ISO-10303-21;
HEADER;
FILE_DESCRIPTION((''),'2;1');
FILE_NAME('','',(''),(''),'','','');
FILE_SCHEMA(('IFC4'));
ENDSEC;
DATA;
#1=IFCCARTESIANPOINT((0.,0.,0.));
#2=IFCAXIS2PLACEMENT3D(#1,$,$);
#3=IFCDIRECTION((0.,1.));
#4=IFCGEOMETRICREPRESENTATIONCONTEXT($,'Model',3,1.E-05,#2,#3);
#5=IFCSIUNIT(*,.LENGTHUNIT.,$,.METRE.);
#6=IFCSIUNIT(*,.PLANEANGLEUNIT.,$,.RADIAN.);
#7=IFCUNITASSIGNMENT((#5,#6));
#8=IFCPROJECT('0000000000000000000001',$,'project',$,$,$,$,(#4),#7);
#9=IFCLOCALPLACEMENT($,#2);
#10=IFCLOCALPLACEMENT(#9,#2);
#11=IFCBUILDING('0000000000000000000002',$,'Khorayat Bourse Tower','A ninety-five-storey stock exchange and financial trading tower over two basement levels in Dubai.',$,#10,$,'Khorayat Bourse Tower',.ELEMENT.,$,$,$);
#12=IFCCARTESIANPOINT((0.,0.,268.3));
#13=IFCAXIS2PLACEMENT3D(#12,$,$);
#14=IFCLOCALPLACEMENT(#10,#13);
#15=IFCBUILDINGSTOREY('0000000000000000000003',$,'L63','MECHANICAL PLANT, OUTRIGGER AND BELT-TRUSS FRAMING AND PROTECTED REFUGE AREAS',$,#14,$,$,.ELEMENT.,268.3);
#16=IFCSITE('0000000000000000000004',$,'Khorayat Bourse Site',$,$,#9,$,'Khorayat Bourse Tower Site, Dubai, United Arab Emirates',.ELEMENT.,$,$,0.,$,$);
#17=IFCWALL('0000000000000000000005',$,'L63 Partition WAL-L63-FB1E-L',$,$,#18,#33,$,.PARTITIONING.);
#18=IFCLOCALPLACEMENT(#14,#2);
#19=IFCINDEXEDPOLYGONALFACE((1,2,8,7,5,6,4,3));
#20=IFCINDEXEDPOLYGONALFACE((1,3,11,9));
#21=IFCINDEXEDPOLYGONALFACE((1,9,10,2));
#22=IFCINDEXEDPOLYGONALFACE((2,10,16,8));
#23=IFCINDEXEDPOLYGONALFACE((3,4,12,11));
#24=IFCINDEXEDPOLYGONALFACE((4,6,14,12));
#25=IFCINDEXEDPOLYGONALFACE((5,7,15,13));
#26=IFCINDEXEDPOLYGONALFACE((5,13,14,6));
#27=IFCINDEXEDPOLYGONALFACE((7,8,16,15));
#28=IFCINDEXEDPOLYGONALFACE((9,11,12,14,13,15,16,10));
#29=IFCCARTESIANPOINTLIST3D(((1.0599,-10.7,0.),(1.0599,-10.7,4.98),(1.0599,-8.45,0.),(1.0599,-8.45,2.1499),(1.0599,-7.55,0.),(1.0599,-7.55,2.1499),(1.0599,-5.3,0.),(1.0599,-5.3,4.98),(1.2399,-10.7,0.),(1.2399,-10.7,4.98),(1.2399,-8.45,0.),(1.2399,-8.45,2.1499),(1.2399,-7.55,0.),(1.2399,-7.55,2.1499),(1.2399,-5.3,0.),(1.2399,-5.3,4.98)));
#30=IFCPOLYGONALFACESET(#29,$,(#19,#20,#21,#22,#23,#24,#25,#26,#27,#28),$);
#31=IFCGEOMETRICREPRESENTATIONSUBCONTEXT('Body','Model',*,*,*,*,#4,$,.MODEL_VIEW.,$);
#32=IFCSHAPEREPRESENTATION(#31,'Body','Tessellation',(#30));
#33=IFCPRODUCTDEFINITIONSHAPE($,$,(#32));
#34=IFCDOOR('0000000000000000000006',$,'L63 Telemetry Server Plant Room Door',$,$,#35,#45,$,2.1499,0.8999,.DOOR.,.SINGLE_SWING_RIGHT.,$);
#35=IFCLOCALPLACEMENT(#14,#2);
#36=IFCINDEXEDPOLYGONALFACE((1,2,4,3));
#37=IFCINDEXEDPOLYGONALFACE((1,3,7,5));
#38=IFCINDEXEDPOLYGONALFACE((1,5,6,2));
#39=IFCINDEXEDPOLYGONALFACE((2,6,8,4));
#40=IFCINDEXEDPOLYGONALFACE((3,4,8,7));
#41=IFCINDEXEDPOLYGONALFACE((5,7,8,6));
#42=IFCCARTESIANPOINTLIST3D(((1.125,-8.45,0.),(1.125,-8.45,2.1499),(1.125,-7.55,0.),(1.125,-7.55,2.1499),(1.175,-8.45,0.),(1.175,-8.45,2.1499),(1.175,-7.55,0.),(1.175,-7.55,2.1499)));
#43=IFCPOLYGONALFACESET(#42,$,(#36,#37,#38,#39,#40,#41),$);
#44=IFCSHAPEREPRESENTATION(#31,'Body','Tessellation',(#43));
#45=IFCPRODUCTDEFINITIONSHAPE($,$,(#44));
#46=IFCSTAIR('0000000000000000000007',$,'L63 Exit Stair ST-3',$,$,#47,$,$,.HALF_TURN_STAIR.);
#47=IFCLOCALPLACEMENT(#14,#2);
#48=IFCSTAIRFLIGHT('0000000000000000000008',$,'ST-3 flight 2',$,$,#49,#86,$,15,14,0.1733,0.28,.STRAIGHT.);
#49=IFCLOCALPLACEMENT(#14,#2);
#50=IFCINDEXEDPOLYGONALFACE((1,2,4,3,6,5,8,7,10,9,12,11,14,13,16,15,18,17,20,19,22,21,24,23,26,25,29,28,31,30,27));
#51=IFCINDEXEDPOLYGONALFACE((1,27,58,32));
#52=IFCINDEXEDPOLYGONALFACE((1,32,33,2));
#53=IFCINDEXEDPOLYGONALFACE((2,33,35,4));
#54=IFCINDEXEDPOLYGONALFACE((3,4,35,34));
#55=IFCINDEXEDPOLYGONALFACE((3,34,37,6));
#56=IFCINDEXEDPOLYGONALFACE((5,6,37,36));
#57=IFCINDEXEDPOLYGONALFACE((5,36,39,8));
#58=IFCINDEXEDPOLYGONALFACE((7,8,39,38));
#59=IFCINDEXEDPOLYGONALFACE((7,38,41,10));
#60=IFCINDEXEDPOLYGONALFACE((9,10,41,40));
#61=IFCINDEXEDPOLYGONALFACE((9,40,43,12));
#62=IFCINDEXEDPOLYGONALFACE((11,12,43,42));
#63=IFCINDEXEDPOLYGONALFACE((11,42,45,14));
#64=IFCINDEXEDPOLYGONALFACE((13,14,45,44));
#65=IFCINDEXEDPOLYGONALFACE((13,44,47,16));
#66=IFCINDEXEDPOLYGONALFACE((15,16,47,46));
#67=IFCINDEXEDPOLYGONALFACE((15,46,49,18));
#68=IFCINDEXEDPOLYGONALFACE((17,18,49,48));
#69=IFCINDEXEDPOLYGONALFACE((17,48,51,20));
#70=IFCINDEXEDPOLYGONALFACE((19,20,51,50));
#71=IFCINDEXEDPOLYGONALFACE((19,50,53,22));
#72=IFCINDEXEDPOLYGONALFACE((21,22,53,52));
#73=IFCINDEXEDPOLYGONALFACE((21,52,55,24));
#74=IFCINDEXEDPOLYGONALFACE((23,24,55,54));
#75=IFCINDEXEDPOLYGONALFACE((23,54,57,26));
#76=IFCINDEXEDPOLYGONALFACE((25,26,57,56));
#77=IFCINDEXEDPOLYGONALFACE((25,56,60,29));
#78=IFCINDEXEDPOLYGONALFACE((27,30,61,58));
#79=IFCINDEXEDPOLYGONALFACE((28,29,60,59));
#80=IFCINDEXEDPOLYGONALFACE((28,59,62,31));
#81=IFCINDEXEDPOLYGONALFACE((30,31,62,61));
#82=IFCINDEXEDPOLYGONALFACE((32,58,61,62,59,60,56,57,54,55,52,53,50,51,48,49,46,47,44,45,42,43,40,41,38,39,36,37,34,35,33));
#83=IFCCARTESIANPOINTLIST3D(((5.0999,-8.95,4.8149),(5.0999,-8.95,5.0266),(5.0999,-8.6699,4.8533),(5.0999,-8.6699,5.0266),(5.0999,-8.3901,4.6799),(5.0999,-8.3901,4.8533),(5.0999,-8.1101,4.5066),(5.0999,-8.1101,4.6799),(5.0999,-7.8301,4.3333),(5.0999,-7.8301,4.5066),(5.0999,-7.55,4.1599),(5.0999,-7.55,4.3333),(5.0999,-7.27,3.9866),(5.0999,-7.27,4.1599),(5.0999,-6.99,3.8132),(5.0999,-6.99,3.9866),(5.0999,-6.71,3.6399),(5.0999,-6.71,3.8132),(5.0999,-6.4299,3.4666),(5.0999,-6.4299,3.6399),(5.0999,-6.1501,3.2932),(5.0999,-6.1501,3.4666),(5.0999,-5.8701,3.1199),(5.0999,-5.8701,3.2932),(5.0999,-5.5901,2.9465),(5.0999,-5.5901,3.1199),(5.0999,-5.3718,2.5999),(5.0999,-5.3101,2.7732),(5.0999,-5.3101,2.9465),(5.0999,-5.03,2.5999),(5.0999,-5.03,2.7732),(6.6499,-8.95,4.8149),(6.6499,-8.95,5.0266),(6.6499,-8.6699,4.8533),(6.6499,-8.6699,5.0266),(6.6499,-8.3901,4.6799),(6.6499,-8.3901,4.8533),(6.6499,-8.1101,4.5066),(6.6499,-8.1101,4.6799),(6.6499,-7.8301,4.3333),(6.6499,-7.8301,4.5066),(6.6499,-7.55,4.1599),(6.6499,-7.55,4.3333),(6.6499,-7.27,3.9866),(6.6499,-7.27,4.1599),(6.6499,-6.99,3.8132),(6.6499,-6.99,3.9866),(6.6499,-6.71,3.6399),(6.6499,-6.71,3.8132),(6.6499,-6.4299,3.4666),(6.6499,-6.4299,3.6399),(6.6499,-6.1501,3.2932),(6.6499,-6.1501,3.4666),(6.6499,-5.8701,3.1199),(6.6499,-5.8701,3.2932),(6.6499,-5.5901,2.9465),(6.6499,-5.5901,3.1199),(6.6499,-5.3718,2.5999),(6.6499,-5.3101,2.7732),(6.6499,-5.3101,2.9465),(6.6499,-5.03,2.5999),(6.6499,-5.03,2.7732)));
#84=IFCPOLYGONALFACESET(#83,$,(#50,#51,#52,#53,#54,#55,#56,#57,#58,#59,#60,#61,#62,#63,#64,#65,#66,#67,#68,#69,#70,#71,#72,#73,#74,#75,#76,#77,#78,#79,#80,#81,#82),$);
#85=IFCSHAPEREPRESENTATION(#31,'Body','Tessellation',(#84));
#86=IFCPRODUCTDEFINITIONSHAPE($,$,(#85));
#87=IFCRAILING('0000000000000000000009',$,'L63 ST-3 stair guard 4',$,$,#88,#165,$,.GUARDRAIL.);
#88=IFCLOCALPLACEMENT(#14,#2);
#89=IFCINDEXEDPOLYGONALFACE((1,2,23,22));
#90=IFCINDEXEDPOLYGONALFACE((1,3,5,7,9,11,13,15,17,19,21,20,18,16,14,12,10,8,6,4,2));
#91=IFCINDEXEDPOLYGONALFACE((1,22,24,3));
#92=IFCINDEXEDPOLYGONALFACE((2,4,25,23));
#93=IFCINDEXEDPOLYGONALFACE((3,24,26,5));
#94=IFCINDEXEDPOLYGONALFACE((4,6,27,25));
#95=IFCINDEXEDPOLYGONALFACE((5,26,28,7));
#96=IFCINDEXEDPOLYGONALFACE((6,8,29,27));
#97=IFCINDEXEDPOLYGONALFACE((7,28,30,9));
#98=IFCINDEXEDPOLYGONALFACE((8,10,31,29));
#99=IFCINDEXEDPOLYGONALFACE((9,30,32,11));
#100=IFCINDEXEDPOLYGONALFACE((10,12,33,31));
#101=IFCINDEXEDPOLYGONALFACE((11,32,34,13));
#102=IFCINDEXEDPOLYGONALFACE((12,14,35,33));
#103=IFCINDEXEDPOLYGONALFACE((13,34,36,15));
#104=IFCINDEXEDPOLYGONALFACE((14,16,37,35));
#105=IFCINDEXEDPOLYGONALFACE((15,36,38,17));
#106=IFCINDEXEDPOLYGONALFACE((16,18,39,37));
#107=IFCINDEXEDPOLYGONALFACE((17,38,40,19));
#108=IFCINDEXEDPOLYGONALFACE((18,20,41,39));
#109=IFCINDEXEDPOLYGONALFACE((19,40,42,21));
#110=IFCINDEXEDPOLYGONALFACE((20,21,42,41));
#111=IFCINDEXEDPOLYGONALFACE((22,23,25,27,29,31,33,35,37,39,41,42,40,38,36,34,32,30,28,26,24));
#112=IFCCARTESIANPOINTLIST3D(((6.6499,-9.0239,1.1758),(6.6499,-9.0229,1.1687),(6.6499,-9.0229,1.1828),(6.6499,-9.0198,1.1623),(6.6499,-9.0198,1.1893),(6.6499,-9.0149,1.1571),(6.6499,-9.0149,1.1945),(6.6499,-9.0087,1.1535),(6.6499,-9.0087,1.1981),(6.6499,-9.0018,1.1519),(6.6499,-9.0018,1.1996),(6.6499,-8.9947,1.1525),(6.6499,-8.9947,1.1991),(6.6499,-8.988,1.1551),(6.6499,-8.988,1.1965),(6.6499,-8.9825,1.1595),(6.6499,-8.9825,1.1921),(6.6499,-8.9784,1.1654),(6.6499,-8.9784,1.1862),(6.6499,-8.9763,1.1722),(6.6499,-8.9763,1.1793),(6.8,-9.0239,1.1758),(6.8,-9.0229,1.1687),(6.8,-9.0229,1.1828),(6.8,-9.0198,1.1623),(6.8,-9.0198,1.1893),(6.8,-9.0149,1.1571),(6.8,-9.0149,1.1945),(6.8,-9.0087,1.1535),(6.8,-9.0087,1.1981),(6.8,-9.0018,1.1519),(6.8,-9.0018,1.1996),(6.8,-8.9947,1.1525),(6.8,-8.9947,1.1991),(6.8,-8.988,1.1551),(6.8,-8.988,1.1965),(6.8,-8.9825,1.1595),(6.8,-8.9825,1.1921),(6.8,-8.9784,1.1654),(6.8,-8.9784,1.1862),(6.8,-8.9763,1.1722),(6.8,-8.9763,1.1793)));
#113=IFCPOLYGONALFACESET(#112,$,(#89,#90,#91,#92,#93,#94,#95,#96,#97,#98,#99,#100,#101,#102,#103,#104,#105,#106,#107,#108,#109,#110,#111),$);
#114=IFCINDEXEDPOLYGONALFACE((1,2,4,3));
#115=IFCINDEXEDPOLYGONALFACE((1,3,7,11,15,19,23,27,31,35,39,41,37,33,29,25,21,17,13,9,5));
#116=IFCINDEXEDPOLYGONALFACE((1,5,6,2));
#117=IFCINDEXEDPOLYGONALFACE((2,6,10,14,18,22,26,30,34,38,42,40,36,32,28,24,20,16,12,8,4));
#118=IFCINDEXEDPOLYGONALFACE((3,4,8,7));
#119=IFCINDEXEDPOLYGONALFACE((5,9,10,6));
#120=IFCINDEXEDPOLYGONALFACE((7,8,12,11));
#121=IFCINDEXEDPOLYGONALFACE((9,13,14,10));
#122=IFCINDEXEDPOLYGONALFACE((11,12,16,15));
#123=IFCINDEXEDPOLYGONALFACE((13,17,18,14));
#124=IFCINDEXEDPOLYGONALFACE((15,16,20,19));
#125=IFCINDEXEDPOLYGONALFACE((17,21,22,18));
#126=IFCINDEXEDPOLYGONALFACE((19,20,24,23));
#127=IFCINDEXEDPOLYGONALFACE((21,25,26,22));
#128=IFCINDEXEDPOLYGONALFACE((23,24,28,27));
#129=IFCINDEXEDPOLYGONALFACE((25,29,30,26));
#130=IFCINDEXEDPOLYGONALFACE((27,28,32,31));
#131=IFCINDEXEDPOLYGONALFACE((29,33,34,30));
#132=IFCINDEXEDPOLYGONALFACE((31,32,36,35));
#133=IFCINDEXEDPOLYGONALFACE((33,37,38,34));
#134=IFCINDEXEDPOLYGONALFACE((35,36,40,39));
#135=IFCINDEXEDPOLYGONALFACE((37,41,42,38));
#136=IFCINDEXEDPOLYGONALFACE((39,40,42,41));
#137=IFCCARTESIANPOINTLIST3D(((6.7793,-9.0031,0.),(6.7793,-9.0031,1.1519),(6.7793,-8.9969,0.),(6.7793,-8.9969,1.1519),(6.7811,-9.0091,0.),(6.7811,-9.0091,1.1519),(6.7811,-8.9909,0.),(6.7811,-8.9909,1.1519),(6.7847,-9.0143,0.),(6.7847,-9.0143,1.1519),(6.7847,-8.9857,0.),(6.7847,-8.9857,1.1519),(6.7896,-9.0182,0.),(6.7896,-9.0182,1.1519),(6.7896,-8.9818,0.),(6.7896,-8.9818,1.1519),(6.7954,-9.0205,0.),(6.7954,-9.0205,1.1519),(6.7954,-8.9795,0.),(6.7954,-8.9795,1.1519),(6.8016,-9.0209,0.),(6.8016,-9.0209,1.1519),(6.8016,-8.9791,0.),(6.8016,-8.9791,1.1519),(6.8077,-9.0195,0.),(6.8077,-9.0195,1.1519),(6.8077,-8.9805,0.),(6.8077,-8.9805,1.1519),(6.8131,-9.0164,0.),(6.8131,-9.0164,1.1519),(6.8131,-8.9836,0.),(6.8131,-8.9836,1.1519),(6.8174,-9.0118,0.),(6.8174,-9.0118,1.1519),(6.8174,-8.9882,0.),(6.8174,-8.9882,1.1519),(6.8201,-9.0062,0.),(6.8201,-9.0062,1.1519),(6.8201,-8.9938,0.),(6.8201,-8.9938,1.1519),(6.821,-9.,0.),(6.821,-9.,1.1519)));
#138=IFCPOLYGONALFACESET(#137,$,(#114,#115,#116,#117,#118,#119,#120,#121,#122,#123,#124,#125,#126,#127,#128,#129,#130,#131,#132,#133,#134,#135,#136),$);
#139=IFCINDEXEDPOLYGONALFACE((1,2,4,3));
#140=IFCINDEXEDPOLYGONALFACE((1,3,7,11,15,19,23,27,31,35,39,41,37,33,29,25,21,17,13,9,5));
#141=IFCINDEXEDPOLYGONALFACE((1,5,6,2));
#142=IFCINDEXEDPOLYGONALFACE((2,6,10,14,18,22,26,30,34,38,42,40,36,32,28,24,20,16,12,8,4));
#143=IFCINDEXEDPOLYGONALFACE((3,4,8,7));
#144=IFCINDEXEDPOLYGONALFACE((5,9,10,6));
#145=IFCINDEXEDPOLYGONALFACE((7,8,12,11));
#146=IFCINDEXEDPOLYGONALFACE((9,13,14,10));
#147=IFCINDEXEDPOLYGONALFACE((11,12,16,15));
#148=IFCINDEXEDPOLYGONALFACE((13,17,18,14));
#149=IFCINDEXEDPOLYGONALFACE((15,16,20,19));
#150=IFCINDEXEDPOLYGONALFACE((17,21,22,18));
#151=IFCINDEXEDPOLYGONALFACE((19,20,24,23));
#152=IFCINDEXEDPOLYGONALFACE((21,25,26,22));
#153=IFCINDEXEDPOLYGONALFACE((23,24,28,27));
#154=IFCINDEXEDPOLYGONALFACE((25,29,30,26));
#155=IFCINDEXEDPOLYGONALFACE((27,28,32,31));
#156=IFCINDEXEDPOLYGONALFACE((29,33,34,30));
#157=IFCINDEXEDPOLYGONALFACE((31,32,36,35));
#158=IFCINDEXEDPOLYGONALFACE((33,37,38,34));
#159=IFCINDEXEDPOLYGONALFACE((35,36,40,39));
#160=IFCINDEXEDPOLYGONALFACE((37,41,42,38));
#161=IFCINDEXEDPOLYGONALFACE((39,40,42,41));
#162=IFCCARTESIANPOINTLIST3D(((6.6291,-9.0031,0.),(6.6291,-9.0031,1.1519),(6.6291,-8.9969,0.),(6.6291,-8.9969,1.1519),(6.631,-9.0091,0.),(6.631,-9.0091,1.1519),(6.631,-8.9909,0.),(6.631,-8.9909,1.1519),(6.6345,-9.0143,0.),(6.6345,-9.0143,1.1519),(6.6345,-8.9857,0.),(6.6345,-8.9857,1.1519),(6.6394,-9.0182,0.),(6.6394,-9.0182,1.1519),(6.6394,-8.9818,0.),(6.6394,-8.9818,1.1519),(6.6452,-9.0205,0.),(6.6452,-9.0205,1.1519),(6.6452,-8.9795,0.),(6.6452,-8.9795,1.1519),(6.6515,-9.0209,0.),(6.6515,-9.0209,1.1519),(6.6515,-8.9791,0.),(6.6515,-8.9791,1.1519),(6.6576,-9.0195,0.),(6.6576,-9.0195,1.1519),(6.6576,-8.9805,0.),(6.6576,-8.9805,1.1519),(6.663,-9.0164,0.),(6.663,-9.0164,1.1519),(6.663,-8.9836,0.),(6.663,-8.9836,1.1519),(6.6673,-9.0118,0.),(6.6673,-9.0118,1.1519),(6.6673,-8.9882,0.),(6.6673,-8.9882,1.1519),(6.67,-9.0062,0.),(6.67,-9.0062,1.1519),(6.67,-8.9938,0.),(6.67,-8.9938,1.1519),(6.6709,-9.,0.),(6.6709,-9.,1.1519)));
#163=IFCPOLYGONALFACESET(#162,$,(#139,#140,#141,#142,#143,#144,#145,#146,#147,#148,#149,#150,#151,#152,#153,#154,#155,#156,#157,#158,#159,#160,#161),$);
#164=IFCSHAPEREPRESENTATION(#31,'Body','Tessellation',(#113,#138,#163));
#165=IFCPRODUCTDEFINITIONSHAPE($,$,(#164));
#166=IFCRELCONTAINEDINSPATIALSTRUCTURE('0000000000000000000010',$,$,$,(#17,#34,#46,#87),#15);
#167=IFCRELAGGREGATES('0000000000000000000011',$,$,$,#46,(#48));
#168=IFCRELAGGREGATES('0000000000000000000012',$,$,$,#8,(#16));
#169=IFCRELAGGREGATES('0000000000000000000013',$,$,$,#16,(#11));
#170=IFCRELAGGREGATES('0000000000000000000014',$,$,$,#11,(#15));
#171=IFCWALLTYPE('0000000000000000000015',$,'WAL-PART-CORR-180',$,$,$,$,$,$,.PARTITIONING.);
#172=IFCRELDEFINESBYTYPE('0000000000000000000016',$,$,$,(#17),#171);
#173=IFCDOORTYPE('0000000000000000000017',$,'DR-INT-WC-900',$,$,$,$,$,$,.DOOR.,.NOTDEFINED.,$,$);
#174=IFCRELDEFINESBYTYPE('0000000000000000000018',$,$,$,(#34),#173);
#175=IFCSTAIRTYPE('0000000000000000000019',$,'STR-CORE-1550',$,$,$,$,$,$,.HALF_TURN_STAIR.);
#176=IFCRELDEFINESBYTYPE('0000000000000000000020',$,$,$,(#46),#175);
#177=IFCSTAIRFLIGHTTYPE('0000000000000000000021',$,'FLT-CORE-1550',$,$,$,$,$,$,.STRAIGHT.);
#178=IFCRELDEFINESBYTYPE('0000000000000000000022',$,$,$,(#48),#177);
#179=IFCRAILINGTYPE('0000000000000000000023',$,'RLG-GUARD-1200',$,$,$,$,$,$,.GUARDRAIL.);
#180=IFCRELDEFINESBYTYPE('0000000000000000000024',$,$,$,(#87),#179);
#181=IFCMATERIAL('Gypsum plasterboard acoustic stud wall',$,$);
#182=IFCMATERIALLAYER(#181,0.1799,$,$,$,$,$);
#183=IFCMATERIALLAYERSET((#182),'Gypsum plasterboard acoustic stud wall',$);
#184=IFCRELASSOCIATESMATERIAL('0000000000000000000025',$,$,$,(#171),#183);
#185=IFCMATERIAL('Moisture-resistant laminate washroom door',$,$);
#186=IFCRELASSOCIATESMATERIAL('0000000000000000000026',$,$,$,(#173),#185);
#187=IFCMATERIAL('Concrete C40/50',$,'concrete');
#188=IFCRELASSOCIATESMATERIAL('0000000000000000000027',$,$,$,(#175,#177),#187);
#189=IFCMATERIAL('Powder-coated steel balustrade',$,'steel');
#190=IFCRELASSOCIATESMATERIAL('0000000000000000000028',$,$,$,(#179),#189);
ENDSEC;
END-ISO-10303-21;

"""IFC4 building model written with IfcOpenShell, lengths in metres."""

from ifc_helpers import new_model, si_unit, direction, frame, frame_2d, origin, origin_2d, place, context, subcontext, project, spatial, polyline, rectangle, circle, outline, extrude, source, transform, mapped, material, layer, layer_set, type_object, element, fill, aggregate, save


model = new_model("IFC4")

# Units and contexts
model_context = context("Model", 3, precision=1e-05, world=origin(), true_north=direction((0.0, 1.0)))
body_context = subcontext(model_context, "Body", "Model", "MODEL_VIEW")
ifc_project = project(units=[si_unit("LENGTHUNIT", "METRE"), si_unit("PLANEANGLEUNIT", "RADIAN")], contexts=[model_context])

# Site, building, storey
site_placement = place(None, origin())
site = spatial("IfcSite", under=ifc_project, at=site_placement, Name="Khorayat Bourse Site", LongName="Khorayat Bourse Tower Site, Dubai, United Arab Emirates", CompositionType="ELEMENT", RefElevation=0.0)
building_placement = place(site_placement, origin())
building = spatial("IfcBuilding", under=site, at=building_placement, Name="Khorayat Bourse Tower", Description="A ninety-five-storey stock exchange and financial trading tower over two basement levels in Dubai.", LongName="Khorayat Bourse Tower", CompositionType="ELEMENT")
storey_placement = place(building_placement, frame((0.0, 0.0, 268.3)))
storey = spatial("IfcBuildingStorey", under=building, at=storey_placement, Name="L63", Description="MECHANICAL PLANT, OUTRIGGER AND BELT-TRUSS FRAMING AND PROTECTED REFUGE AREAS", CompositionType="ELEMENT", Elevation=268.3)

# Shared definitions
ifc_material_1 = material(Name="Gypsum plasterboard acoustic stud wall")
ifc_layer_1 = layer(ifc_material_1, 0.1799)
ifc_layer_set_1 = layer_set([ifc_layer_1], Name="Gypsum plasterboard acoustic stud wall")
wall_type_1 = type_object("IfcWallType", Name="WAL-PART-CORR-180", PredefinedType="PARTITIONING", material=ifc_layer_set_1)
shared_shape_1 = source(origin(), body_context, "Body", "SweptSolid", [
    extrude(rectangle(XDim=0.8999, YDim=2.1499, at=frame_2d((0.45, 1.075))), frame((0.0, 0.0999, 0.0), z_axis=(0.0, -1.0, 0.0), x_axis=(1.0, 0.0, 0.0)), (0.0, 0.0, 1.0), 0.2),
])
ifc_material_2 = material(Name="Moisture-resistant laminate washroom door")
door_type = type_object("IfcDoorType", Name="DR-INT-WC-900", OperationType="NOTDEFINED", PredefinedType="DOOR", material=ifc_material_2)
shared_shape_2 = source(origin(), body_context, "Body", "SweptSolid", [
    extrude(rectangle(XDim=0.8999, YDim=2.1499, at=frame_2d((0.45, 1.075))), frame((0.0, 0.0249, 0.0), z_axis=(0.0, -1.0, 0.0), x_axis=(1.0, 0.0, 0.0)), (0.0, 0.0, 1.0), 0.05),
])
shared_shape_3 = source(origin(), body_context, "Body", "SweptSolid", [
    extrude(rectangle(XDim=5.3999, YDim=0.1799, at=frame_2d((2.7, 0.0))), origin(), (0.0, 0.0, 1.0), 4.98),
])

# Wall, opening, door
wall_1_placement = place(storey_placement, frame((1.1499, -10.7, 0.0), z_axis=(0.0, 0.0, 1.0), x_axis=(0.0, 1.0, 0.0)))
wall_1 = element("IfcWall", 1, at=wall_1_placement, inside=storey, type_object=wall_type_1, Name="L63 Partition WAL-L63-FB1E-L", PredefinedType="PARTITIONING", context=body_context, shape_type="MappedRepresentation", body=[
    mapped(shared_shape_3, transform((0.0, 0.0, 0.0), scale=1.0)),
])
opening_1_placement = place(wall_1_placement, frame((2.25, 0.0, 0.0)))
opening_1 = element("IfcOpeningElement", 2, at=opening_1_placement, cuts=wall_1, PredefinedType="OPENING", context=body_context, shape_type="MappedRepresentation", body=[
    mapped(shared_shape_1, transform((0.0, 0.0, 0.0), scale=1.0)),
])
door_1_placement = place(opening_1_placement, origin())
door_1 = element("IfcDoor", 3, at=door_1_placement, inside=storey, type_object=door_type, Name="L63 Telemetry Server Plant Room Door", OperationType="SINGLE_SWING_RIGHT", OverallHeight=2.1499, OverallWidth=0.8999, PredefinedType="DOOR", context=body_context, shape_type="MappedRepresentation", body=[
    mapped(shared_shape_2, transform((0.0, 0.0, 0.0), scale=1.0)),
])
fill(opening_1, door_1)

# Stair, stair flight
ifc_material_3 = material(Name="Concrete C40/50", Category="concrete")
stair_type = type_object("IfcStairType", Name="STR-CORE-1550", PredefinedType="HALF_TURN_STAIR", material=ifc_material_3)
stair_placement = place(storey_placement, origin())
stair = element("IfcStair", 4, at=stair_placement, inside=storey, type_object=stair_type, Name="L63 Exit Stair ST-3", PredefinedType="HALF_TURN_STAIR")
stair_flight_type = type_object("IfcStairFlightType", Name="FLT-CORE-1550", PredefinedType="STRAIGHT", material=ifc_material_3)
shared_shape_4 = source(origin(), body_context, "Body", "SweptSolid", [
    extrude(outline(polyline([(0.0, 0.0), (0.0, 0.1733), (0.28, 0.1733), (0.28, 0.3467), (0.5601, 0.3467), (0.5601, 0.52), (0.8401, 0.52), (0.8401, 0.6934), (1.1201, 0.6934), (1.1201, 0.8667), (1.3999, 0.8667), (1.3999, 1.04), (1.6799, 1.04), (1.6799, 1.2134), (1.96, 1.2134), (1.96, 1.3867), (2.24, 1.3867), (2.24, 1.5601), (2.52, 1.5601), (2.52, 1.7334), (2.8, 1.7334), (2.8, 1.9067), (3.0801, 1.9067), (3.0801, 2.0801), (3.3601, 2.0801), (3.3601, 2.2534), (3.6399, 2.2534), (3.6399, 2.4268), (3.9199, 2.4268), (3.9199, 2.6001), (3.9199, 2.2151), (0.3418, 0.0), (0.0, 0.0)])), frame((0.0, 0.7749, 0.0), z_axis=(0.0, -1.0, 0.0), x_axis=(1.0, 0.0, 0.0)), (0.0, 0.0, 1.0), 1.55),
])
stair_flight_placement = place(storey_placement, frame((5.875, -5.03, 2.5999), z_axis=(0.0, 0.0, 1.0), x_axis=(0.0, -1.0, 0.0)))
stair_flight = element("IfcStairFlight", 5, at=stair_flight_placement, type_object=stair_flight_type, Name="ST-3 flight 2", NumberOfRisers=15, NumberOfTreads=14, PredefinedType="STRAIGHT", RiserHeight=0.1733, TreadLength=0.28, context=body_context, shape_type="MappedRepresentation", body=[
    mapped(shared_shape_4, transform((0.0, 0.0, 0.0), scale=1.0)),
])
aggregate(stair, [stair_flight])

# Railing
ifc_material_4 = material(Name="Powder-coated steel balustrade", Category="steel")
railing_type_1 = type_object("IfcRailingType", Name="RLG-GUARD-1200", PredefinedType="GUARDRAIL", material=ifc_material_4)
shared_shape_5 = source(origin(), body_context, "Body", "SweptSolid", [
    extrude(circle(Radius=0.0239, at=origin_2d()), frame((0.0, 0.0, 1.1758), z_axis=(-1.0, 0.0, 0.0), x_axis=(0.0, -1.0, 0.0)), (0.0, 0.0, 1.0), 0.1501),
    extrude(circle(Radius=0.021, at=origin_2d()), origin(), (0.0, 0.0, 1.0), 1.1519),
    extrude(circle(Radius=0.021, at=origin_2d()), frame((-0.1501, 0.0, 0.0)), (0.0, 0.0, 1.0), 1.1519),
])
railing_1_placement = place(storey_placement, frame((6.8, -9.0, 0.0)))
element("IfcRailing", 6, at=railing_1_placement, inside=storey, type_object=railing_type_1, Name="L63 ST-3 stair guard 4", PredefinedType="GUARDRAIL", context=body_context, shape_type="MappedRepresentation", body=[
    mapped(shared_shape_5, transform((0.0, 0.0, 0.0), scale=1.0)),
])

save(model, "model.ifc")
